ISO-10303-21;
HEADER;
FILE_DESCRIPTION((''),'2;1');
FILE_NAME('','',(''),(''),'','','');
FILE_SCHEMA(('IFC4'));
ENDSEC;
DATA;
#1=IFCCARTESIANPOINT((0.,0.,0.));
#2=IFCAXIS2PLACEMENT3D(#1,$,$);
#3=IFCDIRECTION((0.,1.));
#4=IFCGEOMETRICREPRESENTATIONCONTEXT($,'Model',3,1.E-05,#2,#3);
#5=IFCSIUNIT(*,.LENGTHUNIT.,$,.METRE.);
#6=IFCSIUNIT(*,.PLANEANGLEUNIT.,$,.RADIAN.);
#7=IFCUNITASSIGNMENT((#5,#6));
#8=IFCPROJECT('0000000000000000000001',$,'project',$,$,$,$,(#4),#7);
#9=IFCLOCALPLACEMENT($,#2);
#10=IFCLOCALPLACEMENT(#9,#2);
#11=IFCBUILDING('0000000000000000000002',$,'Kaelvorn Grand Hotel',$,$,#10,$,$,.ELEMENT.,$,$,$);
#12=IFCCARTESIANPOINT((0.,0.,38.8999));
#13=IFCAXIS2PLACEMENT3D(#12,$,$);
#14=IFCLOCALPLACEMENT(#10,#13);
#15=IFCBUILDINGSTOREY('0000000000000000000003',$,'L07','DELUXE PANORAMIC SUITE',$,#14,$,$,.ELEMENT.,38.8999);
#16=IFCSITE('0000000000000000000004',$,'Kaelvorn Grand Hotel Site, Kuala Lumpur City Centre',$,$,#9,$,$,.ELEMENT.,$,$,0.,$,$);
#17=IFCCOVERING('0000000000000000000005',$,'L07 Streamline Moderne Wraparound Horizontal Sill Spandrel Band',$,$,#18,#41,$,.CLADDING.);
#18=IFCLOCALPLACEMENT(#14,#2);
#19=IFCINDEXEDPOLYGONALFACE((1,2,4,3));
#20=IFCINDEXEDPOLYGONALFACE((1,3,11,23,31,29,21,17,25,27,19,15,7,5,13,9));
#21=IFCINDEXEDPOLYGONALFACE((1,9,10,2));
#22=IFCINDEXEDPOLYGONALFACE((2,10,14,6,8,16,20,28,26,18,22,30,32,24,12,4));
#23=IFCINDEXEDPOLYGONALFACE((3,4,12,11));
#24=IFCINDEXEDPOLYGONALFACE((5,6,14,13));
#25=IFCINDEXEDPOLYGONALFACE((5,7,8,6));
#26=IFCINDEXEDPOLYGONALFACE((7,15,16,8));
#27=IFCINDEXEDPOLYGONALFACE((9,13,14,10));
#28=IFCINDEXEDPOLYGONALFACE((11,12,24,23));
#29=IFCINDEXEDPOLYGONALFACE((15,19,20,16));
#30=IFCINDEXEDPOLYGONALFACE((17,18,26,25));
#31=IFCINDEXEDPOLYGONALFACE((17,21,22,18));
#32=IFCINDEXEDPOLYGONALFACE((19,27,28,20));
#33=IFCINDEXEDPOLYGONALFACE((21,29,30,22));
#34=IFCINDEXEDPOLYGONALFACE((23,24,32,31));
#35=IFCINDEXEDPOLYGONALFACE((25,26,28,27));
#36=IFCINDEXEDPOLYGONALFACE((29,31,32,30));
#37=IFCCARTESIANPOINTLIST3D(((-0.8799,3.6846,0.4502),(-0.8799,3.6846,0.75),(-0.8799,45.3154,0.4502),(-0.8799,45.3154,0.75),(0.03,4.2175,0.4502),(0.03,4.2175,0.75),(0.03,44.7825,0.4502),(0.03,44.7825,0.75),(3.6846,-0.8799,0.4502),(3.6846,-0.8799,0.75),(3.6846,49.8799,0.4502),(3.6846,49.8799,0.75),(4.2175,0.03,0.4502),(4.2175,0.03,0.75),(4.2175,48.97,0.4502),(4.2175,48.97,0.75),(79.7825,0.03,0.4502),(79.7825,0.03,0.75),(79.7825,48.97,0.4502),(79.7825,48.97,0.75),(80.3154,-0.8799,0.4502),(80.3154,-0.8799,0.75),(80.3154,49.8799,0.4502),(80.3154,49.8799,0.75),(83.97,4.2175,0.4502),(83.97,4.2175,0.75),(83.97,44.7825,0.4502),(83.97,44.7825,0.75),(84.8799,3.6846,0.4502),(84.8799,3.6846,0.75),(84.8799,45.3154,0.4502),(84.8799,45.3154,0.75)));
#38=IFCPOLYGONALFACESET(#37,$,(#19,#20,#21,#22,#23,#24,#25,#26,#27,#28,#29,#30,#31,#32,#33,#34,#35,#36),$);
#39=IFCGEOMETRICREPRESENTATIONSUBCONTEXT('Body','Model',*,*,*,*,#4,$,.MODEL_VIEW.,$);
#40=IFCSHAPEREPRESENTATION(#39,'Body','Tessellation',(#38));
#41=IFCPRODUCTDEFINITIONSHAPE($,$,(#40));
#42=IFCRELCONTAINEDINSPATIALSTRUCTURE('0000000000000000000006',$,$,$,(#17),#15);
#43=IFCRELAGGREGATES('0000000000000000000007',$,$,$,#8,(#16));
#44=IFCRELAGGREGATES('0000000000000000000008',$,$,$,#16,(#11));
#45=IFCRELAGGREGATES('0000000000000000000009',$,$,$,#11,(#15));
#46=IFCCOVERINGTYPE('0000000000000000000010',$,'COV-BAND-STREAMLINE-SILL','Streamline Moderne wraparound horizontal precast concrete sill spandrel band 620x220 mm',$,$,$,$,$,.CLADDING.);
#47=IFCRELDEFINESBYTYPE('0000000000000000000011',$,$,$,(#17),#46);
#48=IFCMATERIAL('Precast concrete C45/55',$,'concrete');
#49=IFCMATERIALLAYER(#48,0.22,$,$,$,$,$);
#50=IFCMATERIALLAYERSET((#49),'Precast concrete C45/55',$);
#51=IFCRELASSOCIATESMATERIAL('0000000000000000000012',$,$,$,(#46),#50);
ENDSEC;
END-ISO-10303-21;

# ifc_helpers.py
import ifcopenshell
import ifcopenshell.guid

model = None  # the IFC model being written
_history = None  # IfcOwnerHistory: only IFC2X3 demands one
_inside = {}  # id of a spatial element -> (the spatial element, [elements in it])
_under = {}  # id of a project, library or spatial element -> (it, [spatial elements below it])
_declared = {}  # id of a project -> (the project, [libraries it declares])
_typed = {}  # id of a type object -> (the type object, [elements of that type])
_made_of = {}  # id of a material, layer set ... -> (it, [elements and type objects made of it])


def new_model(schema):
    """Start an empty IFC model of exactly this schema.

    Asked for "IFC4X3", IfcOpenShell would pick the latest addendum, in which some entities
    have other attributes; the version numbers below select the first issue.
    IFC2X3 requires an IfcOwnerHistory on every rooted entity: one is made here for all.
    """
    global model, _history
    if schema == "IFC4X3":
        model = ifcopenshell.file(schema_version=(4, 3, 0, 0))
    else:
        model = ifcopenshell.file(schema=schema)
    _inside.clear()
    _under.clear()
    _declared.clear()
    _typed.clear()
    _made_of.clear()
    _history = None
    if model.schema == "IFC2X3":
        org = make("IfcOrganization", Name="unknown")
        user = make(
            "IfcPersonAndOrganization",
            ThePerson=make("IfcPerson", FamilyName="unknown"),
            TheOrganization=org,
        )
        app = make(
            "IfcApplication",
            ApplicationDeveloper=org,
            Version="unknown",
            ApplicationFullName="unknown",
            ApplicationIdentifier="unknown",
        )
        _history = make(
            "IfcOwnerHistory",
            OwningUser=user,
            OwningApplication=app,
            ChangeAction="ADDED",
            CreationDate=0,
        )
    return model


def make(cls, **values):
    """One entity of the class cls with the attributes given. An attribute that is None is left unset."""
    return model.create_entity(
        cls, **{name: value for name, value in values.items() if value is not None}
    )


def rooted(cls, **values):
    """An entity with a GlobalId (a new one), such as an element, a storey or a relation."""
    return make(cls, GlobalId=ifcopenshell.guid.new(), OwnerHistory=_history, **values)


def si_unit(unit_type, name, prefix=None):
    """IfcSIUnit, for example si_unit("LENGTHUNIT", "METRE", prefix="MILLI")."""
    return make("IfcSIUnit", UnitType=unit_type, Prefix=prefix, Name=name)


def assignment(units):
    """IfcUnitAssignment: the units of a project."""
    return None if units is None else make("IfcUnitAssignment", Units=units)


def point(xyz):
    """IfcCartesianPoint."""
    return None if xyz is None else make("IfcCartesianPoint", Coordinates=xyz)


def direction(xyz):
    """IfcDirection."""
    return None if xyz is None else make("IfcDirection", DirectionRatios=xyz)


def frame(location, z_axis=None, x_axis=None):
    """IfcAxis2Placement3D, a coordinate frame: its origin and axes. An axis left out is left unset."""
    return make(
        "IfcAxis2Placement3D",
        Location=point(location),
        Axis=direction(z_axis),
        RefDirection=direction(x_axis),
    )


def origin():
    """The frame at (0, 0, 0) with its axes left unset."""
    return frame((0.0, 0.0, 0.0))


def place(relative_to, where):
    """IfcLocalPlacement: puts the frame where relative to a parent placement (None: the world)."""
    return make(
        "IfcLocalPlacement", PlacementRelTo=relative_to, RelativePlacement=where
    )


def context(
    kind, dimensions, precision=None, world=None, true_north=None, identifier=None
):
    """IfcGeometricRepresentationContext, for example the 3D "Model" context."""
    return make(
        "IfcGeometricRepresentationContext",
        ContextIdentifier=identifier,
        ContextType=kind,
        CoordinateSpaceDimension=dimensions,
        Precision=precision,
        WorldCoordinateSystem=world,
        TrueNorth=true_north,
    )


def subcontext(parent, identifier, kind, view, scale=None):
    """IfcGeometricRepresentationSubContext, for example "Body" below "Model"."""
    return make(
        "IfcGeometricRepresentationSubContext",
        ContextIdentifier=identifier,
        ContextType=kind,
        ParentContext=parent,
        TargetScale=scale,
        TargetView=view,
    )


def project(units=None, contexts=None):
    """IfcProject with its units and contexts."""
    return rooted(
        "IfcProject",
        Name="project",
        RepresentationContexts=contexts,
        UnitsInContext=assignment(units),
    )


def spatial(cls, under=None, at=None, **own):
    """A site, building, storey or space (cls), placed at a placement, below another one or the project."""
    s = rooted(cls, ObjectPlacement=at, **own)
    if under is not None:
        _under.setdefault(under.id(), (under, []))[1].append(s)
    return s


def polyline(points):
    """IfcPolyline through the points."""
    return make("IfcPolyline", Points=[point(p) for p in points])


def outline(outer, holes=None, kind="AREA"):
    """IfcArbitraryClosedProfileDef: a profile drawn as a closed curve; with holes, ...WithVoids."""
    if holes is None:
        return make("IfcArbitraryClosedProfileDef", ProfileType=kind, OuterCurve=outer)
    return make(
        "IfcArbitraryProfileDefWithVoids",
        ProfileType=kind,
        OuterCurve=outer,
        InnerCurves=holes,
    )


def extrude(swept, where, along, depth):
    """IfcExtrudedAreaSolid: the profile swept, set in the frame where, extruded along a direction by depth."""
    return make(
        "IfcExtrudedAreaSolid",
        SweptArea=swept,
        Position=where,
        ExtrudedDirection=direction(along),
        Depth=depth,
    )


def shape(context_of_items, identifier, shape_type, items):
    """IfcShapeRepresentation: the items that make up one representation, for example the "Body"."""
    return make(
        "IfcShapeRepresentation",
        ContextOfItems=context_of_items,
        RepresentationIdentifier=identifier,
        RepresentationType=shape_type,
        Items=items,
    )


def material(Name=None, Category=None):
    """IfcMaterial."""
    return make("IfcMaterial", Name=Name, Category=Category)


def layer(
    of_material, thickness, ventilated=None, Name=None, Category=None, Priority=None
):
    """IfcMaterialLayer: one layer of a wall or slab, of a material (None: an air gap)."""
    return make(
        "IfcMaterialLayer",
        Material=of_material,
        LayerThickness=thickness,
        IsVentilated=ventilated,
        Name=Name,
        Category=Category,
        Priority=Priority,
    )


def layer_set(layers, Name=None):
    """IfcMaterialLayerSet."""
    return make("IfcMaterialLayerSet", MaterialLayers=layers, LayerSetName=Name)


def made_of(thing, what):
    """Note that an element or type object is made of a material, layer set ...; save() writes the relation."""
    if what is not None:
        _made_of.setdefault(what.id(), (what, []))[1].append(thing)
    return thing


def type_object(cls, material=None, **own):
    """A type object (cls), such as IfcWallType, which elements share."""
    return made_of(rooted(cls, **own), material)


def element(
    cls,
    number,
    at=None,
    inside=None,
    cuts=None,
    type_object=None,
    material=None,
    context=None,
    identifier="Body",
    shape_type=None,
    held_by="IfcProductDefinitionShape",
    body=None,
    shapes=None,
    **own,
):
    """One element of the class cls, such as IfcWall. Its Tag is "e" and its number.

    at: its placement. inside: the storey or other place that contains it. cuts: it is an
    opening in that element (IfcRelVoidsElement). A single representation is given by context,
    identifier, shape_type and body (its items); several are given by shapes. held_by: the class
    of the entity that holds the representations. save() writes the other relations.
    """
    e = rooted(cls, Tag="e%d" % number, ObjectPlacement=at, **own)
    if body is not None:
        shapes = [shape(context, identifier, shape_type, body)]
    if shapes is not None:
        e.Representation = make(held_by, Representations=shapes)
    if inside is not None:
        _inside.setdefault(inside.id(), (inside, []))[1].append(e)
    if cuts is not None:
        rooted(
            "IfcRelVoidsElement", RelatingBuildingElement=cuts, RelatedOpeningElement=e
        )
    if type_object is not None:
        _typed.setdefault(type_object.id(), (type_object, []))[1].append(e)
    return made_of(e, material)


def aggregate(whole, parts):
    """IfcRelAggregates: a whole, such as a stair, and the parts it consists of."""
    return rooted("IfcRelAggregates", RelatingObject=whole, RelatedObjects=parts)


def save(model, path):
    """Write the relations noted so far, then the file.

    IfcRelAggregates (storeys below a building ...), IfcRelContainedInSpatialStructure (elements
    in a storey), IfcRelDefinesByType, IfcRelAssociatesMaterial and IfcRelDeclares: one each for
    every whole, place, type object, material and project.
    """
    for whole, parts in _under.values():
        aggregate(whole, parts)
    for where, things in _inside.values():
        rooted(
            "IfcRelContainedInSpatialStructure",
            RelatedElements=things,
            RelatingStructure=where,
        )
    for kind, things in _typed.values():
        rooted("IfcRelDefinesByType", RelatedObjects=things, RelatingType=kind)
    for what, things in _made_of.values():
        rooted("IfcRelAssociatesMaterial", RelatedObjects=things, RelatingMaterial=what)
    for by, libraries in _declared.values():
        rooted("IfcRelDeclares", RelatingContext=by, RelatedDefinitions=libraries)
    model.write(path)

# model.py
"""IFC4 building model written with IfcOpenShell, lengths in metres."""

from ifc_helpers import new_model, si_unit, direction, frame, origin, place, context, subcontext, project, spatial, polyline, outline, extrude, material, layer, layer_set, type_object, element, save


model = new_model("IFC4")

# Units and contexts
model_context = context("Model", 3, precision=1e-05, world=origin(), true_north=direction((0.0, 1.0)))
body_context = subcontext(model_context, "Body", "Model", "MODEL_VIEW")
ifc_project = project(units=[si_unit("LENGTHUNIT", "METRE"), si_unit("PLANEANGLEUNIT", "RADIAN")], contexts=[model_context])

# Site, building, storey
site_placement = place(None, origin())
site = spatial("IfcSite", under=ifc_project, at=site_placement, Name="Kaelvorn Grand Hotel Site, Kuala Lumpur City Centre", CompositionType="ELEMENT", RefElevation=0.0)
building_placement = place(site_placement, origin())
building = spatial("IfcBuilding", under=site, at=building_placement, Name="Kaelvorn Grand Hotel", CompositionType="ELEMENT")
storey_placement = place(building_placement, frame((0.0, 0.0, 38.8999)))
storey = spatial("IfcBuildingStorey", under=building, at=storey_placement, Name="L07", Description="DELUXE PANORAMIC SUITE", CompositionType="ELEMENT", Elevation=38.8999)

# Covering
ifc_material_1 = material(Name="Precast concrete C45/55", Category="concrete")
ifc_layer_1 = layer(ifc_material_1, 0.22)
ifc_layer_set_1 = layer_set([ifc_layer_1], Name="Precast concrete C45/55")
covering_type_1 = type_object("IfcCoveringType", Name="COV-BAND-STREAMLINE-SILL", Description="Streamline Moderne wraparound horizontal precast concrete sill spandrel band 620x220 mm", PredefinedType="CLADDING", material=ifc_layer_set_1)
covering_1_placement = place(storey_placement, frame((0.0, 0.0, 0.4502)))
element("IfcCovering", 1, at=covering_1_placement, inside=storey, type_object=covering_type_1, Name="L07 Streamline Moderne Wraparound Horizontal Sill Spandrel Band", PredefinedType="CLADDING", context=body_context, shape_type="SweptSolid", body=[
    extrude(outline(polyline([(80.3154, -0.8799), (84.8799, 3.6846), (84.8799, 45.3154), (80.3154, 49.8799), (3.6846, 49.8799), (-0.8799, 45.3154), (-0.8799, 3.6846), (3.6846, -0.8799), (4.2175, 0.03), (0.03, 4.2175), (0.03, 44.7825), (4.2175, 48.97), (79.7825, 48.97), (83.97, 44.7825), (83.97, 4.2175), (79.7825, 0.03), (80.3154, -0.8799)])), origin(), (0.0, 0.0, 1.0), 0.2998),
])

save(model, "model.ifc")
